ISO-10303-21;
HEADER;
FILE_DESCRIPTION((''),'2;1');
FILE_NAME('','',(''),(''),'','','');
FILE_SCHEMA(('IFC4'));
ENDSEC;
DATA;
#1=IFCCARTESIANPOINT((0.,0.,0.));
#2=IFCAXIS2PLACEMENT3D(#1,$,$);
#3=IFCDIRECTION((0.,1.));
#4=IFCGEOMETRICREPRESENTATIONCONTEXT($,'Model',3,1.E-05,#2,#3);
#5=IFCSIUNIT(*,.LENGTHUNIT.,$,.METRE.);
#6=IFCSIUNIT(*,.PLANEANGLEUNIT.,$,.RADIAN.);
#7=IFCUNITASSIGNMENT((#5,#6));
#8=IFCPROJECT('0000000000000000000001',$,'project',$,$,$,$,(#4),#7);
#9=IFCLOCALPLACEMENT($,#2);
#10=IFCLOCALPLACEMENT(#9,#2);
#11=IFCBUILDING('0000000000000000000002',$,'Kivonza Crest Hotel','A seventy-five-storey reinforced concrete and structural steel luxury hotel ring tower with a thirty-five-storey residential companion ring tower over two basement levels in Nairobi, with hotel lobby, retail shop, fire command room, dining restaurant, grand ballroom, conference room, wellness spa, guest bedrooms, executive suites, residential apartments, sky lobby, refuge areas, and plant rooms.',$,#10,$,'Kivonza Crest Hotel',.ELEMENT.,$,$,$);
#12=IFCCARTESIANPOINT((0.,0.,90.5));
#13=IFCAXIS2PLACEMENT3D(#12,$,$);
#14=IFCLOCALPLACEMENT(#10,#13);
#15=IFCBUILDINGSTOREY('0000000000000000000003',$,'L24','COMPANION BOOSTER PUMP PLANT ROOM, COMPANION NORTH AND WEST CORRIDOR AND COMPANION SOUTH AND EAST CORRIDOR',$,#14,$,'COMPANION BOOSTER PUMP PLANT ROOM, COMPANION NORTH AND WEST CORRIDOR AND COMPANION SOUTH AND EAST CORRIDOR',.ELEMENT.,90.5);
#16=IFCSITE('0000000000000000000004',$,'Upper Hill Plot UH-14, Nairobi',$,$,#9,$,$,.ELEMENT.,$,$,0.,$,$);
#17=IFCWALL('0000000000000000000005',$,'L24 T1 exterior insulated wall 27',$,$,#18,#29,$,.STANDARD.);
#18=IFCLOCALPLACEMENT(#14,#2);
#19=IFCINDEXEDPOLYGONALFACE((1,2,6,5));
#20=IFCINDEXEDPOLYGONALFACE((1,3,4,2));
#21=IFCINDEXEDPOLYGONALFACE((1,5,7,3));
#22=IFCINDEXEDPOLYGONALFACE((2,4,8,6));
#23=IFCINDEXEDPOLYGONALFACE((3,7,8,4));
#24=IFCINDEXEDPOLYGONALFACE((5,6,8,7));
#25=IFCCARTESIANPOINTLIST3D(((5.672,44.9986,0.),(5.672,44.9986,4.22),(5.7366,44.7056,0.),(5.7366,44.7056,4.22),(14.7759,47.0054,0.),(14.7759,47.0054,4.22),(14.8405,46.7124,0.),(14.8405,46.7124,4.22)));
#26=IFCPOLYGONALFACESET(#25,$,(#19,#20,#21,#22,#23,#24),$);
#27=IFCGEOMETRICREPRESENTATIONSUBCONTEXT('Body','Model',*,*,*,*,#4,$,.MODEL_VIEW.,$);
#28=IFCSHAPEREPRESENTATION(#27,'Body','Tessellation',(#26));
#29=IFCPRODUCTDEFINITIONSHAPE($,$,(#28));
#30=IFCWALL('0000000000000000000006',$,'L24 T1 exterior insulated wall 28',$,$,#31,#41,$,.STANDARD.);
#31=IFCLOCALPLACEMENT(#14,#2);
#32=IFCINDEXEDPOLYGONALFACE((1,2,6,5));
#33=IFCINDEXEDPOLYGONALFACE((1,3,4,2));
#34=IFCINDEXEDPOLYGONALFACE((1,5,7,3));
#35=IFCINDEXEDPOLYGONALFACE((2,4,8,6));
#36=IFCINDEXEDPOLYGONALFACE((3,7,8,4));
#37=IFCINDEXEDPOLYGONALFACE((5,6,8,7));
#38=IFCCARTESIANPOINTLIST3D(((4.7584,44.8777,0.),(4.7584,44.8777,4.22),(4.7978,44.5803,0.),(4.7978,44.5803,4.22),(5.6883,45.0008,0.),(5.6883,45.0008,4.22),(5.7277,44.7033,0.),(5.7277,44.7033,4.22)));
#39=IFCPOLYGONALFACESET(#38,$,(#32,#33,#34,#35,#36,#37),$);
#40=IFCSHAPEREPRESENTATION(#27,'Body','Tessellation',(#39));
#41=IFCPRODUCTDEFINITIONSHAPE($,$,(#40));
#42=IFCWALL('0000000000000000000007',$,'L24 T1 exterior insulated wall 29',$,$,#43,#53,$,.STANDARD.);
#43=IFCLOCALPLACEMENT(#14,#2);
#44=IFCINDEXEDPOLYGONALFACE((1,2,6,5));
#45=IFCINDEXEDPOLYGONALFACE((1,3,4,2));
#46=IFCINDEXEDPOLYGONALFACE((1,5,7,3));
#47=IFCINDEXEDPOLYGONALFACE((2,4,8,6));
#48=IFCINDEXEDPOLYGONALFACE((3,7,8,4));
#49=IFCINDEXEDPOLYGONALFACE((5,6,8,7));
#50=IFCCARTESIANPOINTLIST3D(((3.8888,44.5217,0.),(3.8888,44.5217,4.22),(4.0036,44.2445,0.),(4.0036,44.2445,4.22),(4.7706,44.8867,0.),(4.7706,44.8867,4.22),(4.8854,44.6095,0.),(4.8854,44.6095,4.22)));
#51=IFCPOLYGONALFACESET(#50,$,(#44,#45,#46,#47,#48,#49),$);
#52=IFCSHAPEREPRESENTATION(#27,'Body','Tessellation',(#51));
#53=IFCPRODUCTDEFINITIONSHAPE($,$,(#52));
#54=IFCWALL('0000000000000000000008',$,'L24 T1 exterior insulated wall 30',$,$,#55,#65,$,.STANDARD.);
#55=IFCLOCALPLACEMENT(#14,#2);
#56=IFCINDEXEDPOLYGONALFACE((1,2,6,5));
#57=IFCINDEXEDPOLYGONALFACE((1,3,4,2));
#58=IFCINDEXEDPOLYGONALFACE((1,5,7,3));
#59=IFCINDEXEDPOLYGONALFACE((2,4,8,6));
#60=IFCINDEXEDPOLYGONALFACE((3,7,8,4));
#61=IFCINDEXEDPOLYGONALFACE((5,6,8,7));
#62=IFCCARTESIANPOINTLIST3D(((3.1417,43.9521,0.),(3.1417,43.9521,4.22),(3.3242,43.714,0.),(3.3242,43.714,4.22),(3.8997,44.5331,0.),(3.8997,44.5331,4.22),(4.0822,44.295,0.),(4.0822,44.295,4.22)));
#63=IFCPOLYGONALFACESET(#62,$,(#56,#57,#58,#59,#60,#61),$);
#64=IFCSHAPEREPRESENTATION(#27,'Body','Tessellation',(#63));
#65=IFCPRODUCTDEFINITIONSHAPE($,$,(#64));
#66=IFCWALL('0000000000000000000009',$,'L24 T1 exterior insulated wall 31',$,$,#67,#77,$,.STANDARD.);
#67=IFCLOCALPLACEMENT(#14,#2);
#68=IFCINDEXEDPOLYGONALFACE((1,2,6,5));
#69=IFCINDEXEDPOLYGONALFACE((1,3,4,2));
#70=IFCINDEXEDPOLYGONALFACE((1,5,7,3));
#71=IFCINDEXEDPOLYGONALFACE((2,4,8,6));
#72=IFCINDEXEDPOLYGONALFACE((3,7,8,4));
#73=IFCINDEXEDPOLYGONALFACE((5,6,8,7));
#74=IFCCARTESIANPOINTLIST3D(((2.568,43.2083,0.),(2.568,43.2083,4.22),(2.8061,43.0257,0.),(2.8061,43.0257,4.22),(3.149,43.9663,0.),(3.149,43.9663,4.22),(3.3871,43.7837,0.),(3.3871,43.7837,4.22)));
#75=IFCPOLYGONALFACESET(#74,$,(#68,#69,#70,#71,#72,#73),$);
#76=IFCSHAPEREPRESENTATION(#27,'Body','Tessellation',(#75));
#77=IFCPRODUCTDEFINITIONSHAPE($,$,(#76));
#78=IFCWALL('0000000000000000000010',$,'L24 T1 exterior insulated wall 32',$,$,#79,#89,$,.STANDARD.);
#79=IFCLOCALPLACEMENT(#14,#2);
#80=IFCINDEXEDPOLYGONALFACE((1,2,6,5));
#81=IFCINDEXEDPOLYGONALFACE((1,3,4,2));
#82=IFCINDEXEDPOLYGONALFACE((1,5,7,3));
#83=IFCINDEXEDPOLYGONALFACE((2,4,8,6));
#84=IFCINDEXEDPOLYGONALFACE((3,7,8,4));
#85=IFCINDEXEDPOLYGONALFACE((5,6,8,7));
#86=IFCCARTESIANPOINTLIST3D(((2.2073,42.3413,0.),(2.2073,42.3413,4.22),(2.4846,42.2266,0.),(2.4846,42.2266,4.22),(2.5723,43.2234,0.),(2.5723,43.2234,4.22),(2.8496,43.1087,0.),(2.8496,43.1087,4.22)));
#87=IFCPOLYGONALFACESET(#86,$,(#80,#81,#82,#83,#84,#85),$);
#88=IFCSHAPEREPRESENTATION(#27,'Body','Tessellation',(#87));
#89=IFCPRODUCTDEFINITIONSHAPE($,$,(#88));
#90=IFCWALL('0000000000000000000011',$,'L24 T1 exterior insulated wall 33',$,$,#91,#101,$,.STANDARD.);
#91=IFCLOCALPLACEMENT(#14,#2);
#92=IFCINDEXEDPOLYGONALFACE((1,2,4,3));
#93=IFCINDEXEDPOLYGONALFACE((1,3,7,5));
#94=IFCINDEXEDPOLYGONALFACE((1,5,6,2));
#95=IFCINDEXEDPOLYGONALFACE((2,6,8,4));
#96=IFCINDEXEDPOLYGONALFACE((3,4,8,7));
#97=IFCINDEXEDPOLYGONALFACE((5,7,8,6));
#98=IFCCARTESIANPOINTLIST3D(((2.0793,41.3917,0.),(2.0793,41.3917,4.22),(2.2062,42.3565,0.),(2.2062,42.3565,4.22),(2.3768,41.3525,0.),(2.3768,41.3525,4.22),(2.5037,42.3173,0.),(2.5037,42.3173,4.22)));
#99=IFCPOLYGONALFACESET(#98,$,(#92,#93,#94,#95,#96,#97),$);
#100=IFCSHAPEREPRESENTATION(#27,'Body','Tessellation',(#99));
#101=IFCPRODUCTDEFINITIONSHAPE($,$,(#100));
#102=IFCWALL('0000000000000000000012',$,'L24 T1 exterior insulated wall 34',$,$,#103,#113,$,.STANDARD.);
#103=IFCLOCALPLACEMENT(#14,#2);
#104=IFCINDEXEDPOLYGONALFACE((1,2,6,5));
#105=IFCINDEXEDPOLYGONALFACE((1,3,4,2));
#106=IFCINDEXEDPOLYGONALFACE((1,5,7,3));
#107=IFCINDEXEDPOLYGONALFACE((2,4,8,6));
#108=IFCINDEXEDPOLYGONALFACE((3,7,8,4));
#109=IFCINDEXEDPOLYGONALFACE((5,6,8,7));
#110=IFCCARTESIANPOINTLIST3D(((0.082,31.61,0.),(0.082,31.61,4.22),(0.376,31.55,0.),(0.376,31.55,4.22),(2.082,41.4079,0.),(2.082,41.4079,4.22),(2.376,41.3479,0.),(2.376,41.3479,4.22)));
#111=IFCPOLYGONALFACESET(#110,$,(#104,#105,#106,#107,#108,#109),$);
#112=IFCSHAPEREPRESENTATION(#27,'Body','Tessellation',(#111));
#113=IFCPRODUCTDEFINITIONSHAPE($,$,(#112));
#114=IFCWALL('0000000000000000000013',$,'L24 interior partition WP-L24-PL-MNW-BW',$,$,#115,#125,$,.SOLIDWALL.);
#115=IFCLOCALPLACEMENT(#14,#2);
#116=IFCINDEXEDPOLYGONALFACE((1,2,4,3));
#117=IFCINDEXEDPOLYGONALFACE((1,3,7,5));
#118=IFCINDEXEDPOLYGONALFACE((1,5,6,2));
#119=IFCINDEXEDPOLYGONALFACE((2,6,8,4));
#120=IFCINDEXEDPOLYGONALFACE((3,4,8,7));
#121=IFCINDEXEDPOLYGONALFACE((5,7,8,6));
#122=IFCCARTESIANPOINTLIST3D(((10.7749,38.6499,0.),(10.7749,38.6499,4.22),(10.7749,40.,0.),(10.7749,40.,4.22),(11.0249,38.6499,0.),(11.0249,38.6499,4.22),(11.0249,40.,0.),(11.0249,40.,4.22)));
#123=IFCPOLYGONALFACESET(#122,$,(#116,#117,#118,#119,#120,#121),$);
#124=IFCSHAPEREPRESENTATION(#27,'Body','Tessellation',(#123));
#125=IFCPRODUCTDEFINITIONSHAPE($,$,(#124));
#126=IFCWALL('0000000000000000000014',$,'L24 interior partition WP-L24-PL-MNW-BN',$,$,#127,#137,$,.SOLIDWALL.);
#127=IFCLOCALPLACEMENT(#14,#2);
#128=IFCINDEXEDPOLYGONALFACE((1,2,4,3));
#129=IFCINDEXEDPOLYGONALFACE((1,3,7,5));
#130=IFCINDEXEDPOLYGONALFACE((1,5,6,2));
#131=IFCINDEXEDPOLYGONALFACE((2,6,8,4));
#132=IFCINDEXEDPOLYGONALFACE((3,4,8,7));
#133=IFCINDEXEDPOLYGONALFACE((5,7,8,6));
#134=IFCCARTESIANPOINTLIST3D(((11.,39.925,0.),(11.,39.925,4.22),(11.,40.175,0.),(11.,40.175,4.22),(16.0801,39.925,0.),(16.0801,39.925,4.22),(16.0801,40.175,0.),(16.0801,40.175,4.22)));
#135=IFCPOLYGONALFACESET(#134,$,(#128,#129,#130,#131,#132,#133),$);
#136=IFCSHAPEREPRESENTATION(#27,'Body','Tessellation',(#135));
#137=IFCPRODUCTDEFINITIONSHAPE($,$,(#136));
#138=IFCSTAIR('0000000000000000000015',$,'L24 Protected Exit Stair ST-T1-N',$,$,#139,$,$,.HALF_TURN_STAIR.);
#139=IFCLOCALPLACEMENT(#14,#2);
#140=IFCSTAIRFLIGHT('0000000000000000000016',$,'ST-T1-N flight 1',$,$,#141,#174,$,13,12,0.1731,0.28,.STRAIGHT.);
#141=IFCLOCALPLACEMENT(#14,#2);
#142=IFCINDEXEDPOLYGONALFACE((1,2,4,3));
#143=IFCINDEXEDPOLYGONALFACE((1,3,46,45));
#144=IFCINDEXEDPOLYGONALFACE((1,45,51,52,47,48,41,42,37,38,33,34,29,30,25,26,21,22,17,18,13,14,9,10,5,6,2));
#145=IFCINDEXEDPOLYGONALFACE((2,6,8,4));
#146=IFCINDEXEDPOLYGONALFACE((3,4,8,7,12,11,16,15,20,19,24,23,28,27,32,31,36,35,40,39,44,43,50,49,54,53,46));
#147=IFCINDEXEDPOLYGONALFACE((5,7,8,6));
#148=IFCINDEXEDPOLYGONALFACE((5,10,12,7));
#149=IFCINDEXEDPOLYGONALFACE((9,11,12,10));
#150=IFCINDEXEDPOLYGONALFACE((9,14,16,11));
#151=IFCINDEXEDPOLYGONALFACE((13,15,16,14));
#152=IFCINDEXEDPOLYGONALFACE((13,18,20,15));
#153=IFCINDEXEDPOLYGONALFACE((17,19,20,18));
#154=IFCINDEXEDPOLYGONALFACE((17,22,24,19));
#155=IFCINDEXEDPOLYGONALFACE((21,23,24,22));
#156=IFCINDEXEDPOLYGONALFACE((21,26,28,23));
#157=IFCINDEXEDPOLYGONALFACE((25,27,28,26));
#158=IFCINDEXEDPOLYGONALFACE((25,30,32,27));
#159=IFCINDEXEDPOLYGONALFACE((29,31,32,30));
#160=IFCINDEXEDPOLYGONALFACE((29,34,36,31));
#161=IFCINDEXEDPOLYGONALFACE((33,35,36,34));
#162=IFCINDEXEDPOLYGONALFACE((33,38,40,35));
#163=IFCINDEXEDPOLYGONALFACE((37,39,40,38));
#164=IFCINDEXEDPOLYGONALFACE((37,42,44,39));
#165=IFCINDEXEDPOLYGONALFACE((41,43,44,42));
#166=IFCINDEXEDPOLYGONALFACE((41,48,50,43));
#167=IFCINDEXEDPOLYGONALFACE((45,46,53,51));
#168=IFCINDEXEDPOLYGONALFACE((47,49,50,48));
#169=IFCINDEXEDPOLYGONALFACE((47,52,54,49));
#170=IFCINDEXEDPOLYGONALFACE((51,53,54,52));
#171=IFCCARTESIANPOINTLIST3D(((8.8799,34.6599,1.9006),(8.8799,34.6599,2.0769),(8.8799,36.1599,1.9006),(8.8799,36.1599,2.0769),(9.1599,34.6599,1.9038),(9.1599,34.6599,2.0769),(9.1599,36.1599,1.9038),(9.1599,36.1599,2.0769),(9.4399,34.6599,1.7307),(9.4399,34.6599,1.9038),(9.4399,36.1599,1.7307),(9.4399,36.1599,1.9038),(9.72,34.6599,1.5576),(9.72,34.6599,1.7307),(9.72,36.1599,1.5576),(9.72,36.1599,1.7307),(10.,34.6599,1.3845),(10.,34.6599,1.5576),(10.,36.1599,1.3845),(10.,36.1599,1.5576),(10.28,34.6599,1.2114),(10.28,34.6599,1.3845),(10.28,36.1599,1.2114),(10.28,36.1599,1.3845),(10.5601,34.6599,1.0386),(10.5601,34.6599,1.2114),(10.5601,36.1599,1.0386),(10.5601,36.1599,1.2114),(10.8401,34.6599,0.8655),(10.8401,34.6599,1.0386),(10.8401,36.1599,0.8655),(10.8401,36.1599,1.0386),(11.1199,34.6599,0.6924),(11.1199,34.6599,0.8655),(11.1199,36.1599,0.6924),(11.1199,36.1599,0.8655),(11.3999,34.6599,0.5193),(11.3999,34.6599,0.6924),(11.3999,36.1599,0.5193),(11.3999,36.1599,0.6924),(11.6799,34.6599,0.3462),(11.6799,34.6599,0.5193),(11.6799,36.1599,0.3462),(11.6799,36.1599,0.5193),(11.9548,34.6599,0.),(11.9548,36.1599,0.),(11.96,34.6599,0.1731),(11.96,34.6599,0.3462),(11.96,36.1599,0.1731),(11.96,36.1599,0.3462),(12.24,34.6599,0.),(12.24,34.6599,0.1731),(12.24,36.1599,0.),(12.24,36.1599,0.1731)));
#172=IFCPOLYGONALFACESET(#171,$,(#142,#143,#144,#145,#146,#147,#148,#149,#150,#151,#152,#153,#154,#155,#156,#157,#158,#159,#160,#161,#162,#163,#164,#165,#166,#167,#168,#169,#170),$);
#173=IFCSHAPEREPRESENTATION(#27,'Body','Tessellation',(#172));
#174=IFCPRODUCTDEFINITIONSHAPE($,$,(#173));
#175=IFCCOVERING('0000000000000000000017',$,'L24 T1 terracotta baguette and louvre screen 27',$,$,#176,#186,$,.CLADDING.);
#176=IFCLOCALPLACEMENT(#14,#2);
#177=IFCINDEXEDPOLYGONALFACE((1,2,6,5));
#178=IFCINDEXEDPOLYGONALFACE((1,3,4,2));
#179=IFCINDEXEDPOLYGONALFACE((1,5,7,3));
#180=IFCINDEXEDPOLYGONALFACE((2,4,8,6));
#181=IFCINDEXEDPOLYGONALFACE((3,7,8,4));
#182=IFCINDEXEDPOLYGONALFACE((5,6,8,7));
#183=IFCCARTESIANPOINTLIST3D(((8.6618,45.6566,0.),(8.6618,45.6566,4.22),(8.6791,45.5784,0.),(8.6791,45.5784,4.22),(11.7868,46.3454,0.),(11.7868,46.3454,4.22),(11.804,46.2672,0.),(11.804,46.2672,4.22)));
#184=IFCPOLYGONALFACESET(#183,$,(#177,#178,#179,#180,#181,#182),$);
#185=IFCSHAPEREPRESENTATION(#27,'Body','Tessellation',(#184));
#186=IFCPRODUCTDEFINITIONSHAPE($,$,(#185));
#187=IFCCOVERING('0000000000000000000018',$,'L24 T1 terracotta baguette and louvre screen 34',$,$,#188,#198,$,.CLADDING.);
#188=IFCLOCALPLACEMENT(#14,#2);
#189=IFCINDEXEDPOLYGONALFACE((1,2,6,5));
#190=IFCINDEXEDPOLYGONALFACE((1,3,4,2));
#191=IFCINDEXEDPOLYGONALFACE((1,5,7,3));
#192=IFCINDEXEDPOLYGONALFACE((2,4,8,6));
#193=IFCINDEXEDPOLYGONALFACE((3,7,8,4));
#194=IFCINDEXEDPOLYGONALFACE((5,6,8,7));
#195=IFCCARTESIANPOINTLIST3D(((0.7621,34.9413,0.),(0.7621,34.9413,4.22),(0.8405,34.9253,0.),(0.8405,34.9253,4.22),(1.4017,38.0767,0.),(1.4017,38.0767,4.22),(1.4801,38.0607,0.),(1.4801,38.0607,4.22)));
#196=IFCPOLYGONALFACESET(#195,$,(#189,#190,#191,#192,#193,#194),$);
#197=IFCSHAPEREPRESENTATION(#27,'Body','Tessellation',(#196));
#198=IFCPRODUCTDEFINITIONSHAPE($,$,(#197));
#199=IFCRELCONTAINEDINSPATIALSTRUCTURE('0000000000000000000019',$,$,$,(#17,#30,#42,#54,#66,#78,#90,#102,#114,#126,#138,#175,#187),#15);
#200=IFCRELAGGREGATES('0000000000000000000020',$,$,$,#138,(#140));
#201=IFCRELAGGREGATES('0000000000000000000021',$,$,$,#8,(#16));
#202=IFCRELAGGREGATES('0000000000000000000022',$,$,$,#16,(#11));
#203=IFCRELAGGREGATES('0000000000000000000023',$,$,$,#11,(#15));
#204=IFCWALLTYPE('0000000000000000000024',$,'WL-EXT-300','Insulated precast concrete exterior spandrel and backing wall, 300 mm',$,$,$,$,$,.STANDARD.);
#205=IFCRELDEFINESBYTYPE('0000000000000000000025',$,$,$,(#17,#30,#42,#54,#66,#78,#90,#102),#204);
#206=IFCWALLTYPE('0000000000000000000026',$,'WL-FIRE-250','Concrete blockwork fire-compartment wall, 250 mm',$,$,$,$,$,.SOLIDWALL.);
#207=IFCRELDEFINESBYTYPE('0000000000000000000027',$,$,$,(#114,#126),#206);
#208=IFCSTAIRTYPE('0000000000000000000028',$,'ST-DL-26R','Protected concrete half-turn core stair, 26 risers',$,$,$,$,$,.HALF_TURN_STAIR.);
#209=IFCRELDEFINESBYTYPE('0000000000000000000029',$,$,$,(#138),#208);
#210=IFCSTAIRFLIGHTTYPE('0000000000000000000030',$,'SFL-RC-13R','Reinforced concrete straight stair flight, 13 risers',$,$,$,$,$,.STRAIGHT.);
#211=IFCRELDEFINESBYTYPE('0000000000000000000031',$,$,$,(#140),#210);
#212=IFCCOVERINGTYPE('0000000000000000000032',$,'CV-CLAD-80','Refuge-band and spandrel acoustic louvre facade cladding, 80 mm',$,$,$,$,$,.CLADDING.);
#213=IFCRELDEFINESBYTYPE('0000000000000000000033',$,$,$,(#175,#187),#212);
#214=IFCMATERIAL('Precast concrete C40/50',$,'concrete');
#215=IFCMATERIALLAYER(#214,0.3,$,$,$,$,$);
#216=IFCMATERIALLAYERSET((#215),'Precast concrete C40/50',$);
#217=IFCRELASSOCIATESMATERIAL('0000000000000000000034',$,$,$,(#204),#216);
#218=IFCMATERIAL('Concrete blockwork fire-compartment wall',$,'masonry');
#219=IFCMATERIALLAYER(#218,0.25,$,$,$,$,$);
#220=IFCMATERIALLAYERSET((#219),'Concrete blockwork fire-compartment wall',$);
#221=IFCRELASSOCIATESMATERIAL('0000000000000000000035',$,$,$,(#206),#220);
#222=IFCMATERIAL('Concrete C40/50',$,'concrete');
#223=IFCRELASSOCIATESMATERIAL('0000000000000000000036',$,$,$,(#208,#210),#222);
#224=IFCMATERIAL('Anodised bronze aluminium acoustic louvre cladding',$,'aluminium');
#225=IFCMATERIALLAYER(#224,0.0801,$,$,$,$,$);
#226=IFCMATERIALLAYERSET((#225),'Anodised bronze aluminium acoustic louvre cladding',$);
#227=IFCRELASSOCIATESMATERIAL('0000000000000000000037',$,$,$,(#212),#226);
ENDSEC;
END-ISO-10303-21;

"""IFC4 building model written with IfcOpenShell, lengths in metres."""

from ifc_helpers import new_model, si_unit, direction, frame, frame_2d, origin, origin_2d, place, context, subcontext, project, spatial, polyline, rectangle, outline, extrude, material, layer, layer_set, type_object, element, aggregate, save


model = new_model("IFC4")

# Units and contexts
model_context = context("Model", 3, precision=1e-05, world=origin(), true_north=direction((0.0, 1.0)))
body_context = subcontext(model_context, "Body", "Model", "MODEL_VIEW")
ifc_project = project(units=[si_unit("LENGTHUNIT", "METRE"), si_unit("PLANEANGLEUNIT", "RADIAN")], contexts=[model_context])

# Site, building, storey
site_placement = place(None, origin())
site = spatial("IfcSite", under=ifc_project, at=site_placement, Name="Upper Hill Plot UH-14, Nairobi", CompositionType="ELEMENT", RefElevation=0.0)
building_placement = place(site_placement, origin())
building = spatial("IfcBuilding", under=site, at=building_placement, Name="Kivonza Crest Hotel", Description="A seventy-five-storey reinforced concrete and structural steel luxury hotel ring tower with a thirty-five-storey residential companion ring tower over two basement levels in Nairobi, with hotel lobby, retail shop, fire command room, dining restaurant, grand ballroom, conference room, wellness spa, guest bedrooms, executive suites, residential apartments, sky lobby, refuge areas, and plant rooms.", LongName="Kivonza Crest Hotel", CompositionType="ELEMENT")
storey_placement = place(building_placement, frame((0.0, 0.0, 90.5)))
storey = spatial("IfcBuildingStorey", under=building, at=storey_placement, Name="L24", Description="COMPANION BOOSTER PUMP PLANT ROOM, COMPANION NORTH AND WEST CORRIDOR AND COMPANION SOUTH AND EAST CORRIDOR", LongName="COMPANION BOOSTER PUMP PLANT ROOM, COMPANION NORTH AND WEST CORRIDOR AND COMPANION SOUTH AND EAST CORRIDOR", CompositionType="ELEMENT", Elevation=90.5)

# Walls
ifc_material_1 = material(Name="Precast concrete C40/50", Category="concrete")
ifc_layer_1 = layer(ifc_material_1, 0.3)
ifc_layer_set_1 = layer_set([ifc_layer_1], Name="Precast concrete C40/50")
wall_type_1 = type_object("IfcWallType", Name="WL-EXT-300", Description="Insulated precast concrete exterior spandrel and backing wall, 300 mm", PredefinedType="STANDARD", material=ifc_layer_set_1)
wall_1_placement = place(storey_placement, frame((14.8081, 46.8589, 0.0), z_axis=(0.0, 0.0, 1.0), x_axis=(-0.976555, -0.215266, 0.0)))
element("IfcWall", 1, at=wall_1_placement, inside=storey, type_object=wall_type_1, Name="L24 T1 exterior insulated wall 27", PredefinedType="STANDARD", context=body_context, shape_type="SweptSolid", body=[
    extrude(rectangle(XDim=9.3225, YDim=0.3, at=frame_2d((4.6611, 0.0))), origin(), (0.0, 0.0, 1.0), 4.22),
])
wall_2_placement = place(storey_placement, frame((5.708, 44.8521, 0.0), z_axis=(0.0, 0.0, 1.0), x_axis=(-0.991359, -0.131175, 0.0)))
element("IfcWall", 2, at=wall_2_placement, inside=storey, type_object=wall_type_1, Name="L24 T1 exterior insulated wall 28", PredefinedType="STANDARD", context=body_context, shape_type="SweptSolid", body=[
    extrude(rectangle(XDim=0.938, YDim=0.3, at=frame_2d((0.469, 0.0))), origin(), (0.0, 0.0, 1.0), 4.22),
])
wall_3_placement = place(storey_placement, frame((4.8279, 44.748, 0.0), z_axis=(0.0, 0.0, 1.0), x_axis=(-0.923983, -0.382435, 0.0)))
element("IfcWall", 3, at=wall_3_placement, inside=storey, type_object=wall_type_1, Name="L24 T1 exterior insulated wall 29", PredefinedType="STANDARD", context=body_context, shape_type="SweptSolid", body=[
    extrude(rectangle(XDim=0.9543, YDim=0.3, at=frame_2d((0.4771, 0.0))), origin(), (0.0, 0.0, 1.0), 4.22),
])
for number, where, z_axis, x_axis, name in (
    (4, (3.991, 44.4141, 0.0), (0.0, 0.0, 1.0), (-0.793668, -0.608351, 0.0), "L24 T1 exterior insulated wall 30"),
    (5, (3.2681, 43.875, 0.0), (0.0, 0.0, 1.0), (-0.608351, -0.793668, 0.0), "L24 T1 exterior insulated wall 31"),
):
    element("IfcWall", number, at=place(storey_placement, frame(where, z_axis=z_axis, x_axis=x_axis)), inside=storey, type_object=wall_type_1, Name=name, PredefinedType="STANDARD", context=body_context, shape_type="SweptSolid", body=[
        extrude(rectangle(XDim=0.9551, YDim=0.3, at=frame_2d((0.4775, 0.0))), origin(), (0.0, 0.0, 1.0), 4.22),
    ])
wall_4_placement = place(storey_placement, frame((2.7109, 43.166, 0.0), z_axis=(0.0, 0.0, 1.0), x_axis=(-0.382344, -0.92402, 0.0)))
element("IfcWall", 6, at=wall_4_placement, inside=storey, type_object=wall_type_1, Name="L24 T1 exterior insulated wall 32", PredefinedType="STANDARD", context=body_context, shape_type="SweptSolid", body=[
    extrude(rectangle(XDim=0.9546, YDim=0.3, at=frame_2d((0.4773, 0.0))), origin(), (0.0, 0.0, 1.0), 4.22),
])
wall_5_placement = place(storey_placement, frame((2.355, 42.3369, 0.0), z_axis=(0.0, 0.0, 1.0), x_axis=(-0.130455, -0.991454, 0.0)))
element("IfcWall", 7, at=wall_5_placement, inside=storey, type_object=wall_type_1, Name="L24 T1 exterior insulated wall 33", PredefinedType="STANDARD", context=body_context, shape_type="SweptSolid", body=[
    extrude(rectangle(XDim=0.9731, YDim=0.3, at=frame_2d((0.4866, 0.0))), origin(), (0.0, 0.0, 1.0), 4.22),
])
wall_6_placement = place(storey_placement, frame((2.229, 41.3779, 0.0), z_axis=(0.0, 0.0, 1.0), x_axis=(-0.200002, -0.979795, 0.0)))
element("IfcWall", 8, at=wall_6_placement, inside=storey, type_object=wall_type_1, Name="L24 T1 exterior insulated wall 34", PredefinedType="STANDARD", context=body_context, shape_type="SweptSolid", body=[
    extrude(rectangle(XDim=10.0, YDim=0.3, at=frame_2d((5.0, 0.0))), origin(), (0.0, 0.0, 1.0), 4.22),
])
ifc_material_2 = material(Name="Concrete blockwork fire-compartment wall", Category="masonry")
ifc_layer_2 = layer(ifc_material_2, 0.25)
ifc_layer_set_2 = layer_set([ifc_layer_2], Name="Concrete blockwork fire-compartment wall")
wall_type_2 = type_object("IfcWallType", Name="WL-FIRE-250", Description="Concrete blockwork fire-compartment wall, 250 mm", PredefinedType="SOLIDWALL", material=ifc_layer_set_2)
wall_7_placement = place(storey_placement, frame((10.8999, 38.6499, 0.0), z_axis=(0.0, 0.0, 1.0), x_axis=(0.0, 1.0, 0.0)))
element("IfcWall", 9, at=wall_7_placement, inside=storey, type_object=wall_type_2, Name="L24 interior partition WP-L24-PL-MNW-BW", PredefinedType="SOLIDWALL", context=body_context, shape_type="SweptSolid", body=[
    extrude(rectangle(XDim=1.3501, YDim=0.25, at=frame_2d((0.675, 0.0))), origin(), (0.0, 0.0, 1.0), 4.22),
])
wall_8_placement = place(storey_placement, frame((11.0, 40.05, 0.0), z_axis=(0.0, 0.0, 1.0), x_axis=(1.0, 0.0, 0.0)))
element("IfcWall", 10, at=wall_8_placement, inside=storey, type_object=wall_type_2, Name="L24 interior partition WP-L24-PL-MNW-BN", PredefinedType="SOLIDWALL", context=body_context, shape_type="SweptSolid", body=[
    extrude(rectangle(XDim=5.0801, YDim=0.25, at=frame_2d((2.54, 0.0))), origin(), (0.0, 0.0, 1.0), 4.22),
])

# Stair, stair flight
ifc_material_3 = material(Name="Concrete C40/50", Category="concrete")
stair_type = type_object("IfcStairType", Name="ST-DL-26R", Description="Protected concrete half-turn core stair, 26 risers", PredefinedType="HALF_TURN_STAIR", material=ifc_material_3)
stair_placement = place(storey_placement, origin())
stair = element("IfcStair", 11, at=stair_placement, inside=storey, type_object=stair_type, Name="L24 Protected Exit Stair ST-T1-N", PredefinedType="HALF_TURN_STAIR")
stair_flight_type = type_object("IfcStairFlightType", Name="SFL-RC-13R", Description="Reinforced concrete straight stair flight, 13 risers", PredefinedType="STRAIGHT", material=ifc_material_3)
stair_flight_placement = place(storey_placement, frame((12.24, 35.4099, 0.0), z_axis=(0.0, 0.0, 1.0), x_axis=(-1.0, 0.0, 0.0)))
stair_flight = element("IfcStairFlight", 12, at=stair_flight_placement, type_object=stair_flight_type, Name="ST-T1-N flight 1", NumberOfRisers=13, NumberOfTreads=12, PredefinedType="STRAIGHT", RiserHeight=0.1731, TreadLength=0.28, context=body_context, shape_type="SweptSolid", body=[
    extrude(outline(polyline([(0.0, 0.0), (0.0, 0.1731), (0.28, 0.1731), (0.28, 0.3462), (0.5601, 0.3462), (0.5601, 0.5193), (0.8401, 0.5193), (0.8401, 0.6924), (1.1201, 0.6924), (1.1201, 0.8655), (1.3999, 0.8655), (1.3999, 1.0386), (1.6799, 1.0386), (1.6799, 1.2114), (1.96, 1.2114), (1.96, 1.3845), (2.24, 1.3845), (2.24, 1.5576), (2.52, 1.5576), (2.52, 1.7307), (2.8, 1.7307), (2.8, 1.9038), (3.0801, 1.9038), (3.0801, 2.0769), (3.3601, 2.0769), (3.3601, 2.25), (3.3601, 1.9006), (0.2852, 0.0), (0.0, 0.0)])), frame((0.0, 0.75, 0.0), z_axis=(0.0, -1.0, 0.0), x_axis=(1.0, 0.0, 0.0)), (0.0, 0.0, 1.0), 1.5),
])
aggregate(stair, [stair_flight])

# Coverings
ifc_material_4 = material(Name="Anodised bronze aluminium acoustic louvre cladding", Category="aluminium")
ifc_layer_3 = layer(ifc_material_4, 0.0801)
ifc_layer_set_3 = layer_set([ifc_layer_3], Name="Anodised bronze aluminium acoustic louvre cladding")
covering_type = type_object("IfcCoveringType", Name="CV-CLAD-80", Description="Refuge-band and spandrel acoustic louvre facade cladding, 80 mm", PredefinedType="CLADDING", material=ifc_layer_set_3)
for number, where, z_axis, x_axis, name in (
    (13, (10.2329, 45.9619, 0.0), (0.0, 0.0, 1.0), (-0.97656, -0.215247, 0.0), "L24 T1 terracotta baguette and louvre screen 27"),
    (14, (1.1211, 36.501, 0.0), (0.0, 0.0, 1.0), (-0.199881, -0.97982, 0.0), "L24 T1 terracotta baguette and louvre screen 34"),
):
    element("IfcCovering", number, at=place(storey_placement, frame(where, z_axis=z_axis, x_axis=x_axis)), inside=storey, type_object=covering_type, Name=name, PredefinedType="CLADDING", context=body_context, shape_type="SweptSolid", body=[
        extrude(rectangle(XDim=3.2, YDim=0.0801, at=origin_2d()), origin(), (0.0, 0.0, 1.0), 4.22),
    ])

save(model, "model.ifc")
